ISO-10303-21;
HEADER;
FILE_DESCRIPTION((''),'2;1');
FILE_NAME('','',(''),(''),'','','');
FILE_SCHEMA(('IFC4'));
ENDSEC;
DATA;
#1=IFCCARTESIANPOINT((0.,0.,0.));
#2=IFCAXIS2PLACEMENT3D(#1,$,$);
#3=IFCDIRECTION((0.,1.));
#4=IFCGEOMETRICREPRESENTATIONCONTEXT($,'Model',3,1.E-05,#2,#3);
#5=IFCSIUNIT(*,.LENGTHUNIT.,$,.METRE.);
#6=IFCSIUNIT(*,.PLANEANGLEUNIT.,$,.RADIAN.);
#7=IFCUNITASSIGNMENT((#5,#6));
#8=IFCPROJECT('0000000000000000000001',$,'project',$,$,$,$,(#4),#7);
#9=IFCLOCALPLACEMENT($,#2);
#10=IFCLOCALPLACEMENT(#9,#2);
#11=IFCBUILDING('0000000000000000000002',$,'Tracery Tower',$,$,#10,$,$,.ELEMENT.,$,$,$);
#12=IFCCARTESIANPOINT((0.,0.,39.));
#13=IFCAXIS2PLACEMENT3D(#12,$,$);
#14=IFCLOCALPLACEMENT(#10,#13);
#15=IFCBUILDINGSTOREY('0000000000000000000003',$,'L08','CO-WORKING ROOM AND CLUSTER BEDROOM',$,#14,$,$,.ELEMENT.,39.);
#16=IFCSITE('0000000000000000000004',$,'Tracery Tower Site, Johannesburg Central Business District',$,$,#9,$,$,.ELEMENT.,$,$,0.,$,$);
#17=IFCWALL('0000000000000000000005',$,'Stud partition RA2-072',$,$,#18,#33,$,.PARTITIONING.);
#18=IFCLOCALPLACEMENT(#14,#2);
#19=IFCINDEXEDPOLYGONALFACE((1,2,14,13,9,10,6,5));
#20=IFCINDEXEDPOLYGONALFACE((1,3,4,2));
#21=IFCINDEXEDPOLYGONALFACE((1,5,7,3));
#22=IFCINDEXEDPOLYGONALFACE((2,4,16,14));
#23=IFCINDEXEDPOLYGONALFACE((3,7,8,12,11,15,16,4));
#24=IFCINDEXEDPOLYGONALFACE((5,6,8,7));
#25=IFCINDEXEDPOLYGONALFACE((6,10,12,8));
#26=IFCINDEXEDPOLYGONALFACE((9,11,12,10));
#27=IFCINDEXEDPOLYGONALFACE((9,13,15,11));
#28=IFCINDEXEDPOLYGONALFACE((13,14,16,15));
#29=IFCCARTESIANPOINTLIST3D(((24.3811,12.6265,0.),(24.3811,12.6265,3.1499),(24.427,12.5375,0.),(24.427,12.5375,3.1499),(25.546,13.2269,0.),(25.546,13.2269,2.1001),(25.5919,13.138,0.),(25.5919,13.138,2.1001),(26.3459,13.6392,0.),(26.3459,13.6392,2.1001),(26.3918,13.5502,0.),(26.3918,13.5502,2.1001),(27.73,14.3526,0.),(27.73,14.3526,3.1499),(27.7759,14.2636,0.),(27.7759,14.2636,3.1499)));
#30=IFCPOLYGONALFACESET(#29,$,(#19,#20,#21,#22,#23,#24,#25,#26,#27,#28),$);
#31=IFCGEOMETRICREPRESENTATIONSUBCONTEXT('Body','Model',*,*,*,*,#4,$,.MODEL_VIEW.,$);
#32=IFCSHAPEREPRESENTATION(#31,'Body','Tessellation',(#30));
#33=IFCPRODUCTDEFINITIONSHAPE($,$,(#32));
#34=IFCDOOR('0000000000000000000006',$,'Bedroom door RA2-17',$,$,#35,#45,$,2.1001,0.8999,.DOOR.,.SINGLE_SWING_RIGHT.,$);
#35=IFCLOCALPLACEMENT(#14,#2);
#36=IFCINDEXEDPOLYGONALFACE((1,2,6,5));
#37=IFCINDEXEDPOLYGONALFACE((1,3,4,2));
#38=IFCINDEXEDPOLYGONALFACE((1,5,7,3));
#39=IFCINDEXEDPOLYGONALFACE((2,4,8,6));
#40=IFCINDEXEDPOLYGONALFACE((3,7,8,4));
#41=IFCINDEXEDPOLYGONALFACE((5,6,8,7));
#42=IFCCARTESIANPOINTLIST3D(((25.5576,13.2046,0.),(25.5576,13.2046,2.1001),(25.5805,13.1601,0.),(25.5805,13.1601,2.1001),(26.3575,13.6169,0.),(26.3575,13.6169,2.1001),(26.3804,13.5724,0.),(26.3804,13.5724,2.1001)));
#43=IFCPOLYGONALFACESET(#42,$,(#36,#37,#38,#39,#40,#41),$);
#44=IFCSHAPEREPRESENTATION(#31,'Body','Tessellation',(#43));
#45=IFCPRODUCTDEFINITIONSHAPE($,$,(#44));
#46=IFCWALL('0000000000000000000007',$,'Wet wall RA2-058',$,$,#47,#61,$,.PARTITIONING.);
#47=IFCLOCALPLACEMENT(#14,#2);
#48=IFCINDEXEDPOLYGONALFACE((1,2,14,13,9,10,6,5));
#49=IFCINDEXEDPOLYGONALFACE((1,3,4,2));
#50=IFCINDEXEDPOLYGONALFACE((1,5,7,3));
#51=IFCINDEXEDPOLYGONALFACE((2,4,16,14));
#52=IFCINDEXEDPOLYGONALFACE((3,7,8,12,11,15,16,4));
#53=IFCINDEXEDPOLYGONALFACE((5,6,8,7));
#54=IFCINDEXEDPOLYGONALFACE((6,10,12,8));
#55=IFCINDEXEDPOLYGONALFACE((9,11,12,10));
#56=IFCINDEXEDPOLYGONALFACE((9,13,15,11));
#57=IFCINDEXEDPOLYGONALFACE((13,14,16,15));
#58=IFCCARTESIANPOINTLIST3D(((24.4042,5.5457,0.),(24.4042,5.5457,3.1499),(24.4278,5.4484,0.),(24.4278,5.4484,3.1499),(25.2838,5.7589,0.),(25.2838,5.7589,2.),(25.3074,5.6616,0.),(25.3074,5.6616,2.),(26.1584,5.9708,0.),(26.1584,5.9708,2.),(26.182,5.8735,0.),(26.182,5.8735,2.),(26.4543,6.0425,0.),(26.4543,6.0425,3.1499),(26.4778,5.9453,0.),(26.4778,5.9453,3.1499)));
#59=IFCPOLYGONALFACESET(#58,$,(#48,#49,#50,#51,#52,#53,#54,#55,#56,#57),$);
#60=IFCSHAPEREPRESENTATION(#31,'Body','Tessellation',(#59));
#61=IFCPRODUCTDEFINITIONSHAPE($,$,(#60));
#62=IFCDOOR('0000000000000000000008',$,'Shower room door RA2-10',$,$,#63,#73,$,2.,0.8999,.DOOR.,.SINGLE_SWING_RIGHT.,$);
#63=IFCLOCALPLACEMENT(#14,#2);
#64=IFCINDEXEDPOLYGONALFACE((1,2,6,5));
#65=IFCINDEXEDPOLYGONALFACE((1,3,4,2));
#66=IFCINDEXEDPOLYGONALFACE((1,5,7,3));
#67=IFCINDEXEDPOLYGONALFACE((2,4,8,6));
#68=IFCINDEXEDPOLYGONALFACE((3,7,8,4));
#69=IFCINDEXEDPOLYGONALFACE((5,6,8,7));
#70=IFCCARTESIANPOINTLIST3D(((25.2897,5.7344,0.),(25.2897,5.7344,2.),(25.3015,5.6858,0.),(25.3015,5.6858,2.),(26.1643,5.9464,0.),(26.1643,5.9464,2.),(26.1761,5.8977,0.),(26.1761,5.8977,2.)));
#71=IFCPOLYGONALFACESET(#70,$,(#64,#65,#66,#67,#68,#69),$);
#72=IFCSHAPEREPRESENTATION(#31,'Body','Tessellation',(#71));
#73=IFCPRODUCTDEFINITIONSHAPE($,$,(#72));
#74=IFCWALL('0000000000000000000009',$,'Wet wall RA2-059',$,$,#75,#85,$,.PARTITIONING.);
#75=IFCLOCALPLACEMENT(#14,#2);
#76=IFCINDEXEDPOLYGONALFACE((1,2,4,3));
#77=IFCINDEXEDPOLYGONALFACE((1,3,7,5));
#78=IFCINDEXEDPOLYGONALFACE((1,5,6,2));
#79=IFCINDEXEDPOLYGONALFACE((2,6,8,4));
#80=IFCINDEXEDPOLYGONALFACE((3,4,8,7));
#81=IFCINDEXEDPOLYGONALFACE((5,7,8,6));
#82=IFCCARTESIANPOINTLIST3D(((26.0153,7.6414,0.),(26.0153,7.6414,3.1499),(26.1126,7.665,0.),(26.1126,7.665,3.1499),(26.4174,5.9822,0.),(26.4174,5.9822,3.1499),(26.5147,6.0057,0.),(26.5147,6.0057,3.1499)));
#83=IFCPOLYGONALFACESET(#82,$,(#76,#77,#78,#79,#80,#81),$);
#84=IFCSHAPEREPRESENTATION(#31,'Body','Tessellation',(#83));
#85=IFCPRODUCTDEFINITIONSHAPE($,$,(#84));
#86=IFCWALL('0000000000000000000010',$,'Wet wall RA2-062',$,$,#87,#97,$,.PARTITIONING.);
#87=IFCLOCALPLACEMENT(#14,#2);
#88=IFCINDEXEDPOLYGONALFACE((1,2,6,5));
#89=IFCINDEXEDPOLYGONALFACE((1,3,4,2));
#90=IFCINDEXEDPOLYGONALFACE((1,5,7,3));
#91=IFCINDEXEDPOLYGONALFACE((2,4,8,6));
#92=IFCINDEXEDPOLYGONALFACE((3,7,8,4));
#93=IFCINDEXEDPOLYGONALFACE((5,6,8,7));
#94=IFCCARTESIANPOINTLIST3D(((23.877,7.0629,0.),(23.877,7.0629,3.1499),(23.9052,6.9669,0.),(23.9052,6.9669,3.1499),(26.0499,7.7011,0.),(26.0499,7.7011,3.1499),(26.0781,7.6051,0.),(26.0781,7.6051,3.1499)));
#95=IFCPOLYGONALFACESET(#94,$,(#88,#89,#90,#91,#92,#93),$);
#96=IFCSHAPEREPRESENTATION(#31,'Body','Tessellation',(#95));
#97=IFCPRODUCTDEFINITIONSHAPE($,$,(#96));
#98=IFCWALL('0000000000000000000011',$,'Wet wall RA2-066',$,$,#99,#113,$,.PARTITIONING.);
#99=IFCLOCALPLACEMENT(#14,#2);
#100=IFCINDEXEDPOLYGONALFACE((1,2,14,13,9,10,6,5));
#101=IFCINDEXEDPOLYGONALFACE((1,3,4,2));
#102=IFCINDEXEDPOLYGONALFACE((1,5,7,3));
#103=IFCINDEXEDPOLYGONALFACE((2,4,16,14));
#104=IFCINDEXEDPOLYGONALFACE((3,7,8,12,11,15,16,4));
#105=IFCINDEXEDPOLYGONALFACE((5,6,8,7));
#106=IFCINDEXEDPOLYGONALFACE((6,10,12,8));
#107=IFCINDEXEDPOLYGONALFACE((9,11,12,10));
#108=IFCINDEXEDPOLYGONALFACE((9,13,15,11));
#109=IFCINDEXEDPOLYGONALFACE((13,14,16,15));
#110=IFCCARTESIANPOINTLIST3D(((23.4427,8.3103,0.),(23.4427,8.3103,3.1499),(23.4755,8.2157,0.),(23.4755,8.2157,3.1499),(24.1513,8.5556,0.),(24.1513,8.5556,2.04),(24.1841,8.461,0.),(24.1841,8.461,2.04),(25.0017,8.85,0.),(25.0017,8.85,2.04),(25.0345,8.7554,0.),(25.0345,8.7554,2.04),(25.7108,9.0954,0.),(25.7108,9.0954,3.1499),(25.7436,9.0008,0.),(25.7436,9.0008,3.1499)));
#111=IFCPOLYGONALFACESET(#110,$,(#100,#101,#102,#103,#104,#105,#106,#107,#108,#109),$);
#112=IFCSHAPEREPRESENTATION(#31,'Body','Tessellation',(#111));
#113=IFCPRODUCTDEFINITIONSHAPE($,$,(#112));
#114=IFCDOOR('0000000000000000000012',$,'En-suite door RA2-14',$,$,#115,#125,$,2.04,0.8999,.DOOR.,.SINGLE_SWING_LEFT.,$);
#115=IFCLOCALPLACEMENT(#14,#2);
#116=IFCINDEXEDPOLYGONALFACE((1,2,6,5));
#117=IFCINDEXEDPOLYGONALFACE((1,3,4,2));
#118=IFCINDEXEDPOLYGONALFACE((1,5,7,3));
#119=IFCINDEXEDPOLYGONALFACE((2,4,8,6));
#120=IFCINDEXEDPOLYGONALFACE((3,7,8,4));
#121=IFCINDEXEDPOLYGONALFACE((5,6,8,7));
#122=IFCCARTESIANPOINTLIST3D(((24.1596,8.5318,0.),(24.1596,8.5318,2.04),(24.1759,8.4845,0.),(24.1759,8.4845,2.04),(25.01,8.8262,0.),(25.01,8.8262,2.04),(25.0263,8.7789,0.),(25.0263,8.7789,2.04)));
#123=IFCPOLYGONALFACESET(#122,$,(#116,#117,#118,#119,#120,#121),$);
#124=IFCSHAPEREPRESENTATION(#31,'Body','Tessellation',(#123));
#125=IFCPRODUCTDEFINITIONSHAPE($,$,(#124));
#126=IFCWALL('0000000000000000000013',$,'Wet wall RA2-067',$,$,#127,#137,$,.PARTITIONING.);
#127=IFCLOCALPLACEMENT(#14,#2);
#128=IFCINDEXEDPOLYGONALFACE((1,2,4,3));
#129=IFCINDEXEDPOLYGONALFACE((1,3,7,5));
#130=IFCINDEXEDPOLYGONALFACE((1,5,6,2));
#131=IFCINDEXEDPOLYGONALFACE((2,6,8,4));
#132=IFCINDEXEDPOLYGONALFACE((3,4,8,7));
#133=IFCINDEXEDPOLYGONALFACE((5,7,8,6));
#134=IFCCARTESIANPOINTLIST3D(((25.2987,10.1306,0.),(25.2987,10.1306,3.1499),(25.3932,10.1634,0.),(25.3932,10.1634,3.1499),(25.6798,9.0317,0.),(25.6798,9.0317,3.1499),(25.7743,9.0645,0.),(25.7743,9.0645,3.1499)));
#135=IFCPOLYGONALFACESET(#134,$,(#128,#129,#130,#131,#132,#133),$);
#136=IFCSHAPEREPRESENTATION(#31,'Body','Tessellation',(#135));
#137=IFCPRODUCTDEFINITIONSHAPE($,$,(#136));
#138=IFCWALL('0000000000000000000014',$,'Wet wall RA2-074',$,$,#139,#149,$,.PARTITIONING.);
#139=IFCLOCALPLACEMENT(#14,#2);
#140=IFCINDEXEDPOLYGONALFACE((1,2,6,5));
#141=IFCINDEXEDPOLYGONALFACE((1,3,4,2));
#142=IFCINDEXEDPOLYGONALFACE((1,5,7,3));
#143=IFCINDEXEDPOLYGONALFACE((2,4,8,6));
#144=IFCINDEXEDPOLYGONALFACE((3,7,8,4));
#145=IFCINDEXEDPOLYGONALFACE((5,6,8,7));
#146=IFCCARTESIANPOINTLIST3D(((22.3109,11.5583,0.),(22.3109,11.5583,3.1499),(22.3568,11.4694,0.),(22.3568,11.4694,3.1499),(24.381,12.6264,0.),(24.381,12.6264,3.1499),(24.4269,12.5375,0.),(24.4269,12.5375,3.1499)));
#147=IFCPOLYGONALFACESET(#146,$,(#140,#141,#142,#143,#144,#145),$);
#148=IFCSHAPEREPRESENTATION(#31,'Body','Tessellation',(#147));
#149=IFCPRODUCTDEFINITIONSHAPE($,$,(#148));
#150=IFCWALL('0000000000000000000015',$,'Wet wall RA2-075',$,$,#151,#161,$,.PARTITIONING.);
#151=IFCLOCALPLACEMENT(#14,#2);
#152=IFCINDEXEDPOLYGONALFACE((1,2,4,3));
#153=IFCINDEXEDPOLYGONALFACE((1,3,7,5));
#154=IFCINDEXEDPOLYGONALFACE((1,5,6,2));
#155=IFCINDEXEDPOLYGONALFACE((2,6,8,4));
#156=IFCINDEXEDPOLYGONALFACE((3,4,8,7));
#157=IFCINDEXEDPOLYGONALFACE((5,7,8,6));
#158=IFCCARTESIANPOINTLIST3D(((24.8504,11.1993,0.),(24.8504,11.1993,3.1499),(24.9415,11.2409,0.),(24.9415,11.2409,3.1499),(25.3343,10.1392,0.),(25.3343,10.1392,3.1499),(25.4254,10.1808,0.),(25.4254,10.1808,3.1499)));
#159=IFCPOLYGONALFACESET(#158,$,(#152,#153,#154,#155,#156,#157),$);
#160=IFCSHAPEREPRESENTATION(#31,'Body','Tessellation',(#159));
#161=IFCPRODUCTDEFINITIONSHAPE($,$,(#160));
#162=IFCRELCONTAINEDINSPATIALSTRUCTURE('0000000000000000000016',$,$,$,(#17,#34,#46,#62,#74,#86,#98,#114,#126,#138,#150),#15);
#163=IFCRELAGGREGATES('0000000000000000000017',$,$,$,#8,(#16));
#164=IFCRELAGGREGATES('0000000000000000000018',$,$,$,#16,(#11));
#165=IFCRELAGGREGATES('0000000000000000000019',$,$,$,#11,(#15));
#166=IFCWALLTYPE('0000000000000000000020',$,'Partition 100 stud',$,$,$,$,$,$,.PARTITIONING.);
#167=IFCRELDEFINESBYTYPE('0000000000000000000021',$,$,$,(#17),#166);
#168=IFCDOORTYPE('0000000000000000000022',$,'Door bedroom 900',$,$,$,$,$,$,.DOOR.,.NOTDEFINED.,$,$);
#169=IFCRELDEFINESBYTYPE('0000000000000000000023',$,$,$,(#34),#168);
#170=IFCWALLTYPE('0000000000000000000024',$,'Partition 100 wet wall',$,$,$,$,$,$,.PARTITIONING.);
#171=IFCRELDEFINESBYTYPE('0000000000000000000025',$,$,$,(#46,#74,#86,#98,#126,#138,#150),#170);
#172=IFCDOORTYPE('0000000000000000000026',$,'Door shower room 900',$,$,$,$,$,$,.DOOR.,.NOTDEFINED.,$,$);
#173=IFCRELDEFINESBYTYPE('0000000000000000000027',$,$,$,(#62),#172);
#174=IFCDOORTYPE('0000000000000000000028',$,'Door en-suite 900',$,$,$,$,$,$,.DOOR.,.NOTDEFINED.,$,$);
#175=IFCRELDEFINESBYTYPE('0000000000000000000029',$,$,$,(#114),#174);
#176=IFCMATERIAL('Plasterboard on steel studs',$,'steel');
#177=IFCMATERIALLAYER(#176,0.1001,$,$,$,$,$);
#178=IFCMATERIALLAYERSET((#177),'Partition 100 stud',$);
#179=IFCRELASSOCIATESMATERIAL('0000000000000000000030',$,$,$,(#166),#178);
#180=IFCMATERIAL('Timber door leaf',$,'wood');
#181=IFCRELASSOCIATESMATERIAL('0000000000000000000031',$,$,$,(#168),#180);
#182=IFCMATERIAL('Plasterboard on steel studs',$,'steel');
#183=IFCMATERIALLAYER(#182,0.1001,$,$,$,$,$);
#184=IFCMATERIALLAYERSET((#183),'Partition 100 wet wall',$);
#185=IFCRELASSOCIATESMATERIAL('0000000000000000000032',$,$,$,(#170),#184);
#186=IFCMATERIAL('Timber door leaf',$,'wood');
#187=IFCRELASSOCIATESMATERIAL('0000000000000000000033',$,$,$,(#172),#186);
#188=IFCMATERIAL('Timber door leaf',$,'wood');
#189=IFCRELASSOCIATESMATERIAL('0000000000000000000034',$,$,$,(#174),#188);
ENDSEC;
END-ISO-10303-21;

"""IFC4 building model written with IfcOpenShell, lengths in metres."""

from ifc_helpers import new_model, si_unit, direction, frame, frame_2d, origin, place, context, subcontext, project, spatial, rectangle, extrude, material, layer, layer_set, type_object, element, fill, save


model = new_model("IFC4")

# Units and contexts
model_context = context("Model", 3, precision=1e-05, world=origin(), true_north=direction((0.0, 1.0)))
body_context = subcontext(model_context, "Body", "Model", "MODEL_VIEW")
ifc_project = project(units=[si_unit("LENGTHUNIT", "METRE"), si_unit("PLANEANGLEUNIT", "RADIAN")], contexts=[model_context])

# Site, building, storey
site_placement = place(None, origin())
site = spatial("IfcSite", under=ifc_project, at=site_placement, Name="Tracery Tower Site, Johannesburg Central Business District", CompositionType="ELEMENT", RefElevation=0.0)
building_placement = place(site_placement, origin())
building = spatial("IfcBuilding", under=site, at=building_placement, Name="Tracery Tower", CompositionType="ELEMENT")
storey_placement = place(building_placement, frame((0.0, 0.0, 39.0)))
storey = spatial("IfcBuildingStorey", under=building, at=storey_placement, Name="L08", Description="CO-WORKING ROOM AND CLUSTER BEDROOM", CompositionType="ELEMENT", Elevation=39.0)

# Walls, openings, doors
ifc_material_1 = material(Name="Plasterboard on steel studs", Category="steel")
ifc_layer_1 = layer(ifc_material_1, 0.1001)
ifc_layer_set_1 = layer_set([ifc_layer_1], Name="Partition 100 stud")
wall_type_1 = type_object("IfcWallType", Name="Partition 100 stud", PredefinedType="PARTITIONING", material=ifc_layer_set_1)
ifc_material_2 = material(Name="Timber door leaf", Category="wood")
door_type_1 = type_object("IfcDoorType", Name="Door bedroom 900", OperationType="NOTDEFINED", PredefinedType="DOOR", material=ifc_material_2)
wall_1_placement = place(storey_placement, frame((24.4041, 12.582, 0.0), z_axis=(0.0, 0.0, 1.0), x_axis=(0.888878, 0.458144, 0.0)))
wall_1 = element("IfcWall", 1, at=wall_1_placement, inside=storey, type_object=wall_type_1, Name="Stud partition RA2-072", PredefinedType="PARTITIONING", context=body_context, shape_type="SweptSolid", body=[
    extrude(rectangle(XDim=3.7676, YDim=0.1001, at=frame_2d((1.8838, 0.0))), origin(), (0.0, 0.0, 1.0), 3.1499),
])
opening_1_placement = place(wall_1_placement, frame((1.3105, 0.0, 0.0)))
opening_1 = element("IfcOpeningElement", 2, at=opening_1_placement, cuts=wall_1, PredefinedType="OPENING", context=body_context, shape_type="SweptSolid", body=[
    extrude(rectangle(XDim=0.8999, YDim=2.1001, at=frame_2d((0.45, 1.05))), frame((0.0, 0.05, 0.0), z_axis=(0.0, -1.0, 0.0), x_axis=(1.0, 0.0, 0.0)), (0.0, 0.0, 1.0), 0.1001),
])
door_1_placement = place(opening_1_placement, origin())
door_1 = element("IfcDoor", 3, at=door_1_placement, inside=storey, type_object=door_type_1, Name="Bedroom door RA2-17", OperationType="SINGLE_SWING_RIGHT", OverallHeight=2.1001, OverallWidth=0.8999, PredefinedType="DOOR", context=body_context, shape_type="SweptSolid", body=[
    extrude(rectangle(XDim=0.8999, YDim=2.1001, at=frame_2d((0.45, 1.05))), frame((0.0, 0.0249, 0.0), z_axis=(0.0, -1.0, 0.0), x_axis=(1.0, 0.0, 0.0)), (0.0, 0.0, 1.0), 0.05),
])
fill(opening_1, door_1)
ifc_material_3 = material(Name="Plasterboard on steel studs", Category="steel")
ifc_layer_2 = layer(ifc_material_3, 0.1001)
ifc_layer_set_2 = layer_set([ifc_layer_2], Name="Partition 100 wet wall")
wall_type_2 = type_object("IfcWallType", Name="Partition 100 wet wall", PredefinedType="PARTITIONING", material=ifc_layer_set_2)
wall_2_placement = place(storey_placement, frame((24.416, 5.4971, 0.0), z_axis=(0.0, 0.0, 1.0), x_axis=(0.971867, 0.23553, 0.0)))
wall_2 = element("IfcWall", 4, at=wall_2_placement, inside=storey, type_object=wall_type_2, Name="Wet wall RA2-058", PredefinedType="PARTITIONING", context=body_context, shape_type="SweptSolid", body=[
    extrude(rectangle(XDim=2.1094, YDim=0.1001, at=frame_2d((1.0547, 0.0))), origin(), (0.0, 0.0, 1.0), 3.1499),
])
opening_2_placement = place(wall_2_placement, frame((0.905, 0.0, 0.0)))
opening_2 = element("IfcOpeningElement", 5, at=opening_2_placement, cuts=wall_2, PredefinedType="OPENING", context=body_context, shape_type="SweptSolid", body=[
    extrude(rectangle(XDim=0.8999, YDim=2.0, at=frame_2d((0.45, 1.0))), frame((0.0, 0.05, 0.0), z_axis=(0.0, -1.0, 0.0), x_axis=(1.0, 0.0, 0.0)), (0.0, 0.0, 1.0), 0.1001),
])
ifc_material_4 = material(Name="Timber door leaf", Category="wood")
door_type_2 = type_object("IfcDoorType", Name="Door shower room 900", OperationType="NOTDEFINED", PredefinedType="DOOR", material=ifc_material_4)
door_2_placement = place(opening_2_placement, origin())
door_2 = element("IfcDoor", 6, at=door_2_placement, inside=storey, type_object=door_type_2, Name="Shower room door RA2-10", OperationType="SINGLE_SWING_RIGHT", OverallHeight=2.0, OverallWidth=0.8999, PredefinedType="DOOR", context=body_context, shape_type="SweptSolid", body=[
    extrude(rectangle(XDim=0.8999, YDim=2.0, at=frame_2d((0.45, 1.0))), frame((0.0, 0.0249, 0.0), z_axis=(0.0, -1.0, 0.0), x_axis=(1.0, 0.0, 0.0)), (0.0, 0.0, 1.0), 0.05),
])
fill(opening_2, door_2)

# Walls
wall_3_placement = place(storey_placement, frame((26.064, 7.6531, 0.0), z_axis=(0.0, 0.0, 1.0), x_axis=(0.23553, -0.971867, 0.0)))
element("IfcWall", 7, at=wall_3_placement, inside=storey, type_object=wall_type_2, Name="Wet wall RA2-059", PredefinedType="PARTITIONING", context=body_context, shape_type="SweptSolid", body=[
    extrude(rectangle(XDim=1.7073, YDim=0.1001, at=frame_2d((0.8535, 0.0))), origin(), (0.0, 0.0, 1.0), 3.1499),
])
wall_4_placement = place(storey_placement, frame((23.8911, 7.0149, 0.0), z_axis=(0.0, 0.0, 1.0), x_axis=(0.959472, 0.281804, 0.0)))
element("IfcWall", 8, at=wall_4_placement, inside=storey, type_object=wall_type_2, Name="Wet wall RA2-062", PredefinedType="PARTITIONING", context=body_context, shape_type="SweptSolid", body=[
    extrude(rectangle(XDim=2.2646, YDim=0.1001, at=frame_2d((1.1323, 0.0))), origin(), (0.0, 0.0, 1.0), 3.1499),
])

# Wall, opening, door
wall_5_placement = place(storey_placement, frame((23.459, 8.2629, 0.0), z_axis=(0.0, 0.0, 1.0), x_axis=(0.944979, 0.327132, 0.0)))
wall_5 = element("IfcWall", 9, at=wall_5_placement, inside=storey, type_object=wall_type_2, Name="Wet wall RA2-066", PredefinedType="PARTITIONING", context=body_context, shape_type="SweptSolid", body=[
    extrude(rectangle(XDim=2.4001, YDim=0.1001, at=frame_2d((1.2002, 0.0))), origin(), (0.0, 0.0, 1.0), 3.1499),
])
opening_3_placement = place(wall_5_placement, frame((0.75, 0.0, 0.0)))
opening_3 = element("IfcOpeningElement", 10, at=opening_3_placement, cuts=wall_5, PredefinedType="OPENING", context=body_context, shape_type="SweptSolid", body=[
    extrude(rectangle(XDim=0.8999, YDim=2.04, at=frame_2d((0.45, 1.02))), frame((0.0, 0.05, 0.0), z_axis=(0.0, -1.0, 0.0), x_axis=(1.0, 0.0, 0.0)), (0.0, 0.0, 1.0), 0.1001),
])
ifc_material_5 = material(Name="Timber door leaf", Category="wood")
door_type_3 = type_object("IfcDoorType", Name="Door en-suite 900", OperationType="NOTDEFINED", PredefinedType="DOOR", material=ifc_material_5)
door_3_placement = place(opening_3_placement, origin())
door_3 = element("IfcDoor", 11, at=door_3_placement, inside=storey, type_object=door_type_3, Name="En-suite door RA2-14", OperationType="SINGLE_SWING_LEFT", OverallHeight=2.04, OverallWidth=0.8999, PredefinedType="DOOR", context=body_context, shape_type="SweptSolid", body=[
    extrude(rectangle(XDim=0.8999, YDim=2.04, at=frame_2d((0.45, 1.02))), frame((0.0, 0.0249, 0.0), z_axis=(0.0, -1.0, 0.0), x_axis=(1.0, 0.0, 0.0)), (0.0, 0.0, 1.0), 0.05),
])
fill(opening_3, door_3)

# Walls
wall_6_placement = place(storey_placement, frame((25.3459, 10.147, 0.0), z_axis=(0.0, 0.0, 1.0), x_axis=(0.327666, -0.944794, 0.0)))
element("IfcWall", 12, at=wall_6_placement, inside=storey, type_object=wall_type_2, Name="Wet wall RA2-067", PredefinedType="PARTITIONING", context=body_context, shape_type="SweptSolid", body=[
    extrude(rectangle(XDim=1.1631, YDim=0.1001, at=frame_2d((0.5815, 0.0))), origin(), (0.0, 0.0, 1.0), 3.1499),
])
wall_7_placement = place(storey_placement, frame((22.334, 11.5139, 0.0), z_axis=(0.0, 0.0, 1.0), x_axis=(0.888674, 0.458539, 0.0)))
element("IfcWall", 13, at=wall_7_placement, inside=storey, type_object=wall_type_2, Name="Wet wall RA2-074", PredefinedType="PARTITIONING", context=body_context, shape_type="SweptSolid", body=[
    extrude(rectangle(XDim=2.3293, YDim=0.1001, at=frame_2d((1.1646, 0.0))), origin(), (0.0, 0.0, 1.0), 3.1499),
])
wall_8_placement = place(storey_placement, frame((24.896, 11.22, 0.0), z_axis=(0.0, 0.0, 1.0), x_axis=(0.415255, -0.909705, 0.0)))
element("IfcWall", 14, at=wall_8_placement, inside=storey, type_object=wall_type_2, Name="Wet wall RA2-075", PredefinedType="PARTITIONING", context=body_context, shape_type="SweptSolid", body=[
    extrude(rectangle(XDim=1.1653, YDim=0.1001, at=frame_2d((0.5825, 0.0))), origin(), (0.0, 0.0, 1.0), 3.1499),
])

save(model, "model.ifc")
